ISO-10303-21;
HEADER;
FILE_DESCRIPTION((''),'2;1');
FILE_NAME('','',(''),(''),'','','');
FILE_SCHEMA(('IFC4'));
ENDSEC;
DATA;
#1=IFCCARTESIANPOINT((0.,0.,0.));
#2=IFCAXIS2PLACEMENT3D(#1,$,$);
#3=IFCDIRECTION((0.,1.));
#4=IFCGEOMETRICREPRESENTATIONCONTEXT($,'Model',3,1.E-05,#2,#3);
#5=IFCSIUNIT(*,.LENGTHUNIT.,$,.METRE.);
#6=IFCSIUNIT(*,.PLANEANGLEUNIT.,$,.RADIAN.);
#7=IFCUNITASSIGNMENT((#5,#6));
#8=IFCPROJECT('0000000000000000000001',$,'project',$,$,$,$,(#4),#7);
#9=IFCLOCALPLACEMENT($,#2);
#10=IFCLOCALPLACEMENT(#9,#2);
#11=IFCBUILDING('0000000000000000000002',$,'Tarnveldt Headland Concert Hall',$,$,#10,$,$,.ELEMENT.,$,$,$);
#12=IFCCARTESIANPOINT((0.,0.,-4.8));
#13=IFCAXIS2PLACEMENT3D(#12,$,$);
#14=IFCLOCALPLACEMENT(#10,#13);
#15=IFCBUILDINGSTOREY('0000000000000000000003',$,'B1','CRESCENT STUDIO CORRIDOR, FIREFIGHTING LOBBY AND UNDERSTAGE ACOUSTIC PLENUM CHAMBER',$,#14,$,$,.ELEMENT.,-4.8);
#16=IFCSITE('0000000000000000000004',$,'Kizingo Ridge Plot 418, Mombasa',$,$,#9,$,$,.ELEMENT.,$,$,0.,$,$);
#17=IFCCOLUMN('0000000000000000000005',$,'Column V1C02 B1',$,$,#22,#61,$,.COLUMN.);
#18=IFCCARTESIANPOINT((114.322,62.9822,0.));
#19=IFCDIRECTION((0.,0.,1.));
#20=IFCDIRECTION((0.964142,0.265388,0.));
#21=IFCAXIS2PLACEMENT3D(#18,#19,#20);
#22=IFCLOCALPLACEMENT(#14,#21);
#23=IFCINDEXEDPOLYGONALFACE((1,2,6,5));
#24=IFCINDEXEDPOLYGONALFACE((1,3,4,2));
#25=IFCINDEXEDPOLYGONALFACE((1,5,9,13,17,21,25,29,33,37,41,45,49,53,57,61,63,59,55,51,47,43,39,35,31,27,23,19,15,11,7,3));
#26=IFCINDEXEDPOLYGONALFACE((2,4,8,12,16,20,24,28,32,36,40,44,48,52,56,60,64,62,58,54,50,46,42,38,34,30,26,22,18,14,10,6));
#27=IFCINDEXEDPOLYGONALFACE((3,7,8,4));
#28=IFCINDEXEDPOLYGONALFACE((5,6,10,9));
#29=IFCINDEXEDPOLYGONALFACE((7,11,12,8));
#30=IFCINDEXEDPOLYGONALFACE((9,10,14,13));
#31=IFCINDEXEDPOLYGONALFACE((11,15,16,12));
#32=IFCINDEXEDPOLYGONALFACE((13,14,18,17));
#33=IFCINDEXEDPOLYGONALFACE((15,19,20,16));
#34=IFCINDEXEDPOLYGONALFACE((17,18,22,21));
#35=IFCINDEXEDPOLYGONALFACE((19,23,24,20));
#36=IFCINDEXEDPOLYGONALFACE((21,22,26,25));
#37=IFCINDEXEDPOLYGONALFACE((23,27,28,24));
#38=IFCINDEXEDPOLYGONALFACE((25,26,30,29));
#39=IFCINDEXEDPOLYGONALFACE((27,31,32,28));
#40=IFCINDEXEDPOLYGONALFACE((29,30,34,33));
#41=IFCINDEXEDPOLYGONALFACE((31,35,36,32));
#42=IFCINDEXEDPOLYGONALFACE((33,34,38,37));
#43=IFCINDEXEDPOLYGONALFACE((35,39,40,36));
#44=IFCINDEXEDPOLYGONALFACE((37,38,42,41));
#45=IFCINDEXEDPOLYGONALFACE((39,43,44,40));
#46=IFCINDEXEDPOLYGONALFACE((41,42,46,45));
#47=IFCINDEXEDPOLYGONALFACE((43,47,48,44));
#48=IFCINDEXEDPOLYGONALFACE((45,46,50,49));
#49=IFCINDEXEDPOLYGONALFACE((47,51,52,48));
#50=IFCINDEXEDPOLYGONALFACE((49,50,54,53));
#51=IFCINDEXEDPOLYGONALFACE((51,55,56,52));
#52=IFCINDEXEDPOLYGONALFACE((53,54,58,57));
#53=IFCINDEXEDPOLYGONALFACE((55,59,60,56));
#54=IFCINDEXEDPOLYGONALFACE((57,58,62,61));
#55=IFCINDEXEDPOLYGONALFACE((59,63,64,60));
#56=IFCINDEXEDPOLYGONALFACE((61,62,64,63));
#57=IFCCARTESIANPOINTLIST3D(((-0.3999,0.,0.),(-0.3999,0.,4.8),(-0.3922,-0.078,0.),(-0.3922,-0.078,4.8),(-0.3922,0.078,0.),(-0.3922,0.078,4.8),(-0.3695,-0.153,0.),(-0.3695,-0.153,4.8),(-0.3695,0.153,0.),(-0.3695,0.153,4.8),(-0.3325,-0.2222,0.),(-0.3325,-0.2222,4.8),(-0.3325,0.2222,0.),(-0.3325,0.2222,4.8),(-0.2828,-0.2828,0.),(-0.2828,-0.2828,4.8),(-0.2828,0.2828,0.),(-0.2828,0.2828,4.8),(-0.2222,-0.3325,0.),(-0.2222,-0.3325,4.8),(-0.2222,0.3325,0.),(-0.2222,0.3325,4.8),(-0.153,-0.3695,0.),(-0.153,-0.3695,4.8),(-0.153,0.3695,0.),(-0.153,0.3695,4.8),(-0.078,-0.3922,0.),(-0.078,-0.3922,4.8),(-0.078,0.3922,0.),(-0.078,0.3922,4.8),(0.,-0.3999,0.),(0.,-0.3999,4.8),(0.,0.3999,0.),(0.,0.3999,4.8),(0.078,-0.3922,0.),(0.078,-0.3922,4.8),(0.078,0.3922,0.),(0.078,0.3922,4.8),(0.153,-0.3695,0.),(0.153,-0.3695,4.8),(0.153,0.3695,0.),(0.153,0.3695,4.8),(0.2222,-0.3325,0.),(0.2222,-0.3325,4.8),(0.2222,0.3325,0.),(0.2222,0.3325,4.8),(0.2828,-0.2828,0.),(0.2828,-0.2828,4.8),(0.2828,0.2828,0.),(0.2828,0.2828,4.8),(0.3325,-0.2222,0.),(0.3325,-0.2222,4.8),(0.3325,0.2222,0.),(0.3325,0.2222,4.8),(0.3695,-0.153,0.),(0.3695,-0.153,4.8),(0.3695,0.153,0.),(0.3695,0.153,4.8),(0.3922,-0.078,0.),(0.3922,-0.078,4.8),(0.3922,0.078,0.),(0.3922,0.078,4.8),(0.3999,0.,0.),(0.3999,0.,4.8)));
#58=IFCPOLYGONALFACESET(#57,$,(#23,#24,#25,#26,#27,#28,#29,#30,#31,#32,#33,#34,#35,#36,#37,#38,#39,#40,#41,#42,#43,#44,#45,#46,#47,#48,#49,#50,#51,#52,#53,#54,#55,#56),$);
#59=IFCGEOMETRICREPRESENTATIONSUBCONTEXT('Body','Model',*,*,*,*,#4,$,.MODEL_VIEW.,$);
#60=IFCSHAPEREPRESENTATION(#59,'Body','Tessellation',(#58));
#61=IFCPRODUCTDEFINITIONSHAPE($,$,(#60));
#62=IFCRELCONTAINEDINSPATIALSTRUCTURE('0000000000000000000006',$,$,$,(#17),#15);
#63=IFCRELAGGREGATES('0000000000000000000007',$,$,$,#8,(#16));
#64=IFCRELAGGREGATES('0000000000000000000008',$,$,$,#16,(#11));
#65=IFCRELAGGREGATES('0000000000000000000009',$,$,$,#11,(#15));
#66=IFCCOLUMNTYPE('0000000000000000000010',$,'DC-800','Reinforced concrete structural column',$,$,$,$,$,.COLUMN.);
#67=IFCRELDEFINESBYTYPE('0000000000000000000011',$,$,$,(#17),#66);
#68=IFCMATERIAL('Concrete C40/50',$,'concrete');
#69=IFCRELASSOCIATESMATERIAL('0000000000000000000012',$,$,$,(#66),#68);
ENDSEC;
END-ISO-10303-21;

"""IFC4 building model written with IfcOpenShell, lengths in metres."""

from ifc_helpers import new_model, si_unit, direction, frame, origin, origin_2d, place, context, subcontext, project, spatial, circle, extrude, material, material_profile, profile_set, type_object, element, save


model = new_model("IFC4")

# Units and contexts
model_context = context("Model", 3, precision=1e-05, world=origin(), true_north=direction((0.0, 1.0)))
body_context = subcontext(model_context, "Body", "Model", "MODEL_VIEW")
ifc_project = project(units=[si_unit("LENGTHUNIT", "METRE"), si_unit("PLANEANGLEUNIT", "RADIAN")], contexts=[model_context])

# Site, building, storey
site_placement = place(None, origin())
site = spatial("IfcSite", under=ifc_project, at=site_placement, Name="Kizingo Ridge Plot 418, Mombasa", CompositionType="ELEMENT", RefElevation=0.0)
building_placement = place(site_placement, origin())
building = spatial("IfcBuilding", under=site, at=building_placement, Name="Tarnveldt Headland Concert Hall", CompositionType="ELEMENT")
storey_placement = place(building_placement, frame((0.0, 0.0, -4.8)))
storey = spatial("IfcBuildingStorey", under=building, at=storey_placement, Name="B1", Description="CRESCENT STUDIO CORRIDOR, FIREFIGHTING LOBBY AND UNDERSTAGE ACOUSTIC PLENUM CHAMBER", CompositionType="ELEMENT", Elevation=-4.8)

# Shared definitions
ifc_material_1 = material(Name="Concrete C40/50", Category="concrete")

# Column
ifc_material_profile_1 = material_profile(ifc_material_1, circle(Radius=0.3999, at=origin_2d()), Name="RC D800", Category="concrete")
ifc_profile_set_1 = profile_set([ifc_material_profile_1], Name="Concrete C40/50")
column_type_1 = type_object("IfcColumnType", Name="DC-800", Description="Reinforced concrete structural column", PredefinedType="COLUMN", material=ifc_profile_set_1)
for number, where, z_axis, x_axis, name in (
    (1, (114.322, 62.9822, 0.0), (0.0, 0.0, 1.0), (0.964142, 0.265388, 0.0), "Column V1C02 B1"),
):
    element("IfcColumn", number, at=place(storey_placement, frame(where, z_axis=z_axis, x_axis=x_axis)), inside=storey, type_object=column_type_1, Name=name, PredefinedType="COLUMN", context=body_context, shape_type="SweptSolid", body=[
        extrude(circle(Radius=0.3999, at=origin_2d()), origin(), (0.0, 0.0, 1.0), 4.8),
    ])

save(model, "model.ifc")
